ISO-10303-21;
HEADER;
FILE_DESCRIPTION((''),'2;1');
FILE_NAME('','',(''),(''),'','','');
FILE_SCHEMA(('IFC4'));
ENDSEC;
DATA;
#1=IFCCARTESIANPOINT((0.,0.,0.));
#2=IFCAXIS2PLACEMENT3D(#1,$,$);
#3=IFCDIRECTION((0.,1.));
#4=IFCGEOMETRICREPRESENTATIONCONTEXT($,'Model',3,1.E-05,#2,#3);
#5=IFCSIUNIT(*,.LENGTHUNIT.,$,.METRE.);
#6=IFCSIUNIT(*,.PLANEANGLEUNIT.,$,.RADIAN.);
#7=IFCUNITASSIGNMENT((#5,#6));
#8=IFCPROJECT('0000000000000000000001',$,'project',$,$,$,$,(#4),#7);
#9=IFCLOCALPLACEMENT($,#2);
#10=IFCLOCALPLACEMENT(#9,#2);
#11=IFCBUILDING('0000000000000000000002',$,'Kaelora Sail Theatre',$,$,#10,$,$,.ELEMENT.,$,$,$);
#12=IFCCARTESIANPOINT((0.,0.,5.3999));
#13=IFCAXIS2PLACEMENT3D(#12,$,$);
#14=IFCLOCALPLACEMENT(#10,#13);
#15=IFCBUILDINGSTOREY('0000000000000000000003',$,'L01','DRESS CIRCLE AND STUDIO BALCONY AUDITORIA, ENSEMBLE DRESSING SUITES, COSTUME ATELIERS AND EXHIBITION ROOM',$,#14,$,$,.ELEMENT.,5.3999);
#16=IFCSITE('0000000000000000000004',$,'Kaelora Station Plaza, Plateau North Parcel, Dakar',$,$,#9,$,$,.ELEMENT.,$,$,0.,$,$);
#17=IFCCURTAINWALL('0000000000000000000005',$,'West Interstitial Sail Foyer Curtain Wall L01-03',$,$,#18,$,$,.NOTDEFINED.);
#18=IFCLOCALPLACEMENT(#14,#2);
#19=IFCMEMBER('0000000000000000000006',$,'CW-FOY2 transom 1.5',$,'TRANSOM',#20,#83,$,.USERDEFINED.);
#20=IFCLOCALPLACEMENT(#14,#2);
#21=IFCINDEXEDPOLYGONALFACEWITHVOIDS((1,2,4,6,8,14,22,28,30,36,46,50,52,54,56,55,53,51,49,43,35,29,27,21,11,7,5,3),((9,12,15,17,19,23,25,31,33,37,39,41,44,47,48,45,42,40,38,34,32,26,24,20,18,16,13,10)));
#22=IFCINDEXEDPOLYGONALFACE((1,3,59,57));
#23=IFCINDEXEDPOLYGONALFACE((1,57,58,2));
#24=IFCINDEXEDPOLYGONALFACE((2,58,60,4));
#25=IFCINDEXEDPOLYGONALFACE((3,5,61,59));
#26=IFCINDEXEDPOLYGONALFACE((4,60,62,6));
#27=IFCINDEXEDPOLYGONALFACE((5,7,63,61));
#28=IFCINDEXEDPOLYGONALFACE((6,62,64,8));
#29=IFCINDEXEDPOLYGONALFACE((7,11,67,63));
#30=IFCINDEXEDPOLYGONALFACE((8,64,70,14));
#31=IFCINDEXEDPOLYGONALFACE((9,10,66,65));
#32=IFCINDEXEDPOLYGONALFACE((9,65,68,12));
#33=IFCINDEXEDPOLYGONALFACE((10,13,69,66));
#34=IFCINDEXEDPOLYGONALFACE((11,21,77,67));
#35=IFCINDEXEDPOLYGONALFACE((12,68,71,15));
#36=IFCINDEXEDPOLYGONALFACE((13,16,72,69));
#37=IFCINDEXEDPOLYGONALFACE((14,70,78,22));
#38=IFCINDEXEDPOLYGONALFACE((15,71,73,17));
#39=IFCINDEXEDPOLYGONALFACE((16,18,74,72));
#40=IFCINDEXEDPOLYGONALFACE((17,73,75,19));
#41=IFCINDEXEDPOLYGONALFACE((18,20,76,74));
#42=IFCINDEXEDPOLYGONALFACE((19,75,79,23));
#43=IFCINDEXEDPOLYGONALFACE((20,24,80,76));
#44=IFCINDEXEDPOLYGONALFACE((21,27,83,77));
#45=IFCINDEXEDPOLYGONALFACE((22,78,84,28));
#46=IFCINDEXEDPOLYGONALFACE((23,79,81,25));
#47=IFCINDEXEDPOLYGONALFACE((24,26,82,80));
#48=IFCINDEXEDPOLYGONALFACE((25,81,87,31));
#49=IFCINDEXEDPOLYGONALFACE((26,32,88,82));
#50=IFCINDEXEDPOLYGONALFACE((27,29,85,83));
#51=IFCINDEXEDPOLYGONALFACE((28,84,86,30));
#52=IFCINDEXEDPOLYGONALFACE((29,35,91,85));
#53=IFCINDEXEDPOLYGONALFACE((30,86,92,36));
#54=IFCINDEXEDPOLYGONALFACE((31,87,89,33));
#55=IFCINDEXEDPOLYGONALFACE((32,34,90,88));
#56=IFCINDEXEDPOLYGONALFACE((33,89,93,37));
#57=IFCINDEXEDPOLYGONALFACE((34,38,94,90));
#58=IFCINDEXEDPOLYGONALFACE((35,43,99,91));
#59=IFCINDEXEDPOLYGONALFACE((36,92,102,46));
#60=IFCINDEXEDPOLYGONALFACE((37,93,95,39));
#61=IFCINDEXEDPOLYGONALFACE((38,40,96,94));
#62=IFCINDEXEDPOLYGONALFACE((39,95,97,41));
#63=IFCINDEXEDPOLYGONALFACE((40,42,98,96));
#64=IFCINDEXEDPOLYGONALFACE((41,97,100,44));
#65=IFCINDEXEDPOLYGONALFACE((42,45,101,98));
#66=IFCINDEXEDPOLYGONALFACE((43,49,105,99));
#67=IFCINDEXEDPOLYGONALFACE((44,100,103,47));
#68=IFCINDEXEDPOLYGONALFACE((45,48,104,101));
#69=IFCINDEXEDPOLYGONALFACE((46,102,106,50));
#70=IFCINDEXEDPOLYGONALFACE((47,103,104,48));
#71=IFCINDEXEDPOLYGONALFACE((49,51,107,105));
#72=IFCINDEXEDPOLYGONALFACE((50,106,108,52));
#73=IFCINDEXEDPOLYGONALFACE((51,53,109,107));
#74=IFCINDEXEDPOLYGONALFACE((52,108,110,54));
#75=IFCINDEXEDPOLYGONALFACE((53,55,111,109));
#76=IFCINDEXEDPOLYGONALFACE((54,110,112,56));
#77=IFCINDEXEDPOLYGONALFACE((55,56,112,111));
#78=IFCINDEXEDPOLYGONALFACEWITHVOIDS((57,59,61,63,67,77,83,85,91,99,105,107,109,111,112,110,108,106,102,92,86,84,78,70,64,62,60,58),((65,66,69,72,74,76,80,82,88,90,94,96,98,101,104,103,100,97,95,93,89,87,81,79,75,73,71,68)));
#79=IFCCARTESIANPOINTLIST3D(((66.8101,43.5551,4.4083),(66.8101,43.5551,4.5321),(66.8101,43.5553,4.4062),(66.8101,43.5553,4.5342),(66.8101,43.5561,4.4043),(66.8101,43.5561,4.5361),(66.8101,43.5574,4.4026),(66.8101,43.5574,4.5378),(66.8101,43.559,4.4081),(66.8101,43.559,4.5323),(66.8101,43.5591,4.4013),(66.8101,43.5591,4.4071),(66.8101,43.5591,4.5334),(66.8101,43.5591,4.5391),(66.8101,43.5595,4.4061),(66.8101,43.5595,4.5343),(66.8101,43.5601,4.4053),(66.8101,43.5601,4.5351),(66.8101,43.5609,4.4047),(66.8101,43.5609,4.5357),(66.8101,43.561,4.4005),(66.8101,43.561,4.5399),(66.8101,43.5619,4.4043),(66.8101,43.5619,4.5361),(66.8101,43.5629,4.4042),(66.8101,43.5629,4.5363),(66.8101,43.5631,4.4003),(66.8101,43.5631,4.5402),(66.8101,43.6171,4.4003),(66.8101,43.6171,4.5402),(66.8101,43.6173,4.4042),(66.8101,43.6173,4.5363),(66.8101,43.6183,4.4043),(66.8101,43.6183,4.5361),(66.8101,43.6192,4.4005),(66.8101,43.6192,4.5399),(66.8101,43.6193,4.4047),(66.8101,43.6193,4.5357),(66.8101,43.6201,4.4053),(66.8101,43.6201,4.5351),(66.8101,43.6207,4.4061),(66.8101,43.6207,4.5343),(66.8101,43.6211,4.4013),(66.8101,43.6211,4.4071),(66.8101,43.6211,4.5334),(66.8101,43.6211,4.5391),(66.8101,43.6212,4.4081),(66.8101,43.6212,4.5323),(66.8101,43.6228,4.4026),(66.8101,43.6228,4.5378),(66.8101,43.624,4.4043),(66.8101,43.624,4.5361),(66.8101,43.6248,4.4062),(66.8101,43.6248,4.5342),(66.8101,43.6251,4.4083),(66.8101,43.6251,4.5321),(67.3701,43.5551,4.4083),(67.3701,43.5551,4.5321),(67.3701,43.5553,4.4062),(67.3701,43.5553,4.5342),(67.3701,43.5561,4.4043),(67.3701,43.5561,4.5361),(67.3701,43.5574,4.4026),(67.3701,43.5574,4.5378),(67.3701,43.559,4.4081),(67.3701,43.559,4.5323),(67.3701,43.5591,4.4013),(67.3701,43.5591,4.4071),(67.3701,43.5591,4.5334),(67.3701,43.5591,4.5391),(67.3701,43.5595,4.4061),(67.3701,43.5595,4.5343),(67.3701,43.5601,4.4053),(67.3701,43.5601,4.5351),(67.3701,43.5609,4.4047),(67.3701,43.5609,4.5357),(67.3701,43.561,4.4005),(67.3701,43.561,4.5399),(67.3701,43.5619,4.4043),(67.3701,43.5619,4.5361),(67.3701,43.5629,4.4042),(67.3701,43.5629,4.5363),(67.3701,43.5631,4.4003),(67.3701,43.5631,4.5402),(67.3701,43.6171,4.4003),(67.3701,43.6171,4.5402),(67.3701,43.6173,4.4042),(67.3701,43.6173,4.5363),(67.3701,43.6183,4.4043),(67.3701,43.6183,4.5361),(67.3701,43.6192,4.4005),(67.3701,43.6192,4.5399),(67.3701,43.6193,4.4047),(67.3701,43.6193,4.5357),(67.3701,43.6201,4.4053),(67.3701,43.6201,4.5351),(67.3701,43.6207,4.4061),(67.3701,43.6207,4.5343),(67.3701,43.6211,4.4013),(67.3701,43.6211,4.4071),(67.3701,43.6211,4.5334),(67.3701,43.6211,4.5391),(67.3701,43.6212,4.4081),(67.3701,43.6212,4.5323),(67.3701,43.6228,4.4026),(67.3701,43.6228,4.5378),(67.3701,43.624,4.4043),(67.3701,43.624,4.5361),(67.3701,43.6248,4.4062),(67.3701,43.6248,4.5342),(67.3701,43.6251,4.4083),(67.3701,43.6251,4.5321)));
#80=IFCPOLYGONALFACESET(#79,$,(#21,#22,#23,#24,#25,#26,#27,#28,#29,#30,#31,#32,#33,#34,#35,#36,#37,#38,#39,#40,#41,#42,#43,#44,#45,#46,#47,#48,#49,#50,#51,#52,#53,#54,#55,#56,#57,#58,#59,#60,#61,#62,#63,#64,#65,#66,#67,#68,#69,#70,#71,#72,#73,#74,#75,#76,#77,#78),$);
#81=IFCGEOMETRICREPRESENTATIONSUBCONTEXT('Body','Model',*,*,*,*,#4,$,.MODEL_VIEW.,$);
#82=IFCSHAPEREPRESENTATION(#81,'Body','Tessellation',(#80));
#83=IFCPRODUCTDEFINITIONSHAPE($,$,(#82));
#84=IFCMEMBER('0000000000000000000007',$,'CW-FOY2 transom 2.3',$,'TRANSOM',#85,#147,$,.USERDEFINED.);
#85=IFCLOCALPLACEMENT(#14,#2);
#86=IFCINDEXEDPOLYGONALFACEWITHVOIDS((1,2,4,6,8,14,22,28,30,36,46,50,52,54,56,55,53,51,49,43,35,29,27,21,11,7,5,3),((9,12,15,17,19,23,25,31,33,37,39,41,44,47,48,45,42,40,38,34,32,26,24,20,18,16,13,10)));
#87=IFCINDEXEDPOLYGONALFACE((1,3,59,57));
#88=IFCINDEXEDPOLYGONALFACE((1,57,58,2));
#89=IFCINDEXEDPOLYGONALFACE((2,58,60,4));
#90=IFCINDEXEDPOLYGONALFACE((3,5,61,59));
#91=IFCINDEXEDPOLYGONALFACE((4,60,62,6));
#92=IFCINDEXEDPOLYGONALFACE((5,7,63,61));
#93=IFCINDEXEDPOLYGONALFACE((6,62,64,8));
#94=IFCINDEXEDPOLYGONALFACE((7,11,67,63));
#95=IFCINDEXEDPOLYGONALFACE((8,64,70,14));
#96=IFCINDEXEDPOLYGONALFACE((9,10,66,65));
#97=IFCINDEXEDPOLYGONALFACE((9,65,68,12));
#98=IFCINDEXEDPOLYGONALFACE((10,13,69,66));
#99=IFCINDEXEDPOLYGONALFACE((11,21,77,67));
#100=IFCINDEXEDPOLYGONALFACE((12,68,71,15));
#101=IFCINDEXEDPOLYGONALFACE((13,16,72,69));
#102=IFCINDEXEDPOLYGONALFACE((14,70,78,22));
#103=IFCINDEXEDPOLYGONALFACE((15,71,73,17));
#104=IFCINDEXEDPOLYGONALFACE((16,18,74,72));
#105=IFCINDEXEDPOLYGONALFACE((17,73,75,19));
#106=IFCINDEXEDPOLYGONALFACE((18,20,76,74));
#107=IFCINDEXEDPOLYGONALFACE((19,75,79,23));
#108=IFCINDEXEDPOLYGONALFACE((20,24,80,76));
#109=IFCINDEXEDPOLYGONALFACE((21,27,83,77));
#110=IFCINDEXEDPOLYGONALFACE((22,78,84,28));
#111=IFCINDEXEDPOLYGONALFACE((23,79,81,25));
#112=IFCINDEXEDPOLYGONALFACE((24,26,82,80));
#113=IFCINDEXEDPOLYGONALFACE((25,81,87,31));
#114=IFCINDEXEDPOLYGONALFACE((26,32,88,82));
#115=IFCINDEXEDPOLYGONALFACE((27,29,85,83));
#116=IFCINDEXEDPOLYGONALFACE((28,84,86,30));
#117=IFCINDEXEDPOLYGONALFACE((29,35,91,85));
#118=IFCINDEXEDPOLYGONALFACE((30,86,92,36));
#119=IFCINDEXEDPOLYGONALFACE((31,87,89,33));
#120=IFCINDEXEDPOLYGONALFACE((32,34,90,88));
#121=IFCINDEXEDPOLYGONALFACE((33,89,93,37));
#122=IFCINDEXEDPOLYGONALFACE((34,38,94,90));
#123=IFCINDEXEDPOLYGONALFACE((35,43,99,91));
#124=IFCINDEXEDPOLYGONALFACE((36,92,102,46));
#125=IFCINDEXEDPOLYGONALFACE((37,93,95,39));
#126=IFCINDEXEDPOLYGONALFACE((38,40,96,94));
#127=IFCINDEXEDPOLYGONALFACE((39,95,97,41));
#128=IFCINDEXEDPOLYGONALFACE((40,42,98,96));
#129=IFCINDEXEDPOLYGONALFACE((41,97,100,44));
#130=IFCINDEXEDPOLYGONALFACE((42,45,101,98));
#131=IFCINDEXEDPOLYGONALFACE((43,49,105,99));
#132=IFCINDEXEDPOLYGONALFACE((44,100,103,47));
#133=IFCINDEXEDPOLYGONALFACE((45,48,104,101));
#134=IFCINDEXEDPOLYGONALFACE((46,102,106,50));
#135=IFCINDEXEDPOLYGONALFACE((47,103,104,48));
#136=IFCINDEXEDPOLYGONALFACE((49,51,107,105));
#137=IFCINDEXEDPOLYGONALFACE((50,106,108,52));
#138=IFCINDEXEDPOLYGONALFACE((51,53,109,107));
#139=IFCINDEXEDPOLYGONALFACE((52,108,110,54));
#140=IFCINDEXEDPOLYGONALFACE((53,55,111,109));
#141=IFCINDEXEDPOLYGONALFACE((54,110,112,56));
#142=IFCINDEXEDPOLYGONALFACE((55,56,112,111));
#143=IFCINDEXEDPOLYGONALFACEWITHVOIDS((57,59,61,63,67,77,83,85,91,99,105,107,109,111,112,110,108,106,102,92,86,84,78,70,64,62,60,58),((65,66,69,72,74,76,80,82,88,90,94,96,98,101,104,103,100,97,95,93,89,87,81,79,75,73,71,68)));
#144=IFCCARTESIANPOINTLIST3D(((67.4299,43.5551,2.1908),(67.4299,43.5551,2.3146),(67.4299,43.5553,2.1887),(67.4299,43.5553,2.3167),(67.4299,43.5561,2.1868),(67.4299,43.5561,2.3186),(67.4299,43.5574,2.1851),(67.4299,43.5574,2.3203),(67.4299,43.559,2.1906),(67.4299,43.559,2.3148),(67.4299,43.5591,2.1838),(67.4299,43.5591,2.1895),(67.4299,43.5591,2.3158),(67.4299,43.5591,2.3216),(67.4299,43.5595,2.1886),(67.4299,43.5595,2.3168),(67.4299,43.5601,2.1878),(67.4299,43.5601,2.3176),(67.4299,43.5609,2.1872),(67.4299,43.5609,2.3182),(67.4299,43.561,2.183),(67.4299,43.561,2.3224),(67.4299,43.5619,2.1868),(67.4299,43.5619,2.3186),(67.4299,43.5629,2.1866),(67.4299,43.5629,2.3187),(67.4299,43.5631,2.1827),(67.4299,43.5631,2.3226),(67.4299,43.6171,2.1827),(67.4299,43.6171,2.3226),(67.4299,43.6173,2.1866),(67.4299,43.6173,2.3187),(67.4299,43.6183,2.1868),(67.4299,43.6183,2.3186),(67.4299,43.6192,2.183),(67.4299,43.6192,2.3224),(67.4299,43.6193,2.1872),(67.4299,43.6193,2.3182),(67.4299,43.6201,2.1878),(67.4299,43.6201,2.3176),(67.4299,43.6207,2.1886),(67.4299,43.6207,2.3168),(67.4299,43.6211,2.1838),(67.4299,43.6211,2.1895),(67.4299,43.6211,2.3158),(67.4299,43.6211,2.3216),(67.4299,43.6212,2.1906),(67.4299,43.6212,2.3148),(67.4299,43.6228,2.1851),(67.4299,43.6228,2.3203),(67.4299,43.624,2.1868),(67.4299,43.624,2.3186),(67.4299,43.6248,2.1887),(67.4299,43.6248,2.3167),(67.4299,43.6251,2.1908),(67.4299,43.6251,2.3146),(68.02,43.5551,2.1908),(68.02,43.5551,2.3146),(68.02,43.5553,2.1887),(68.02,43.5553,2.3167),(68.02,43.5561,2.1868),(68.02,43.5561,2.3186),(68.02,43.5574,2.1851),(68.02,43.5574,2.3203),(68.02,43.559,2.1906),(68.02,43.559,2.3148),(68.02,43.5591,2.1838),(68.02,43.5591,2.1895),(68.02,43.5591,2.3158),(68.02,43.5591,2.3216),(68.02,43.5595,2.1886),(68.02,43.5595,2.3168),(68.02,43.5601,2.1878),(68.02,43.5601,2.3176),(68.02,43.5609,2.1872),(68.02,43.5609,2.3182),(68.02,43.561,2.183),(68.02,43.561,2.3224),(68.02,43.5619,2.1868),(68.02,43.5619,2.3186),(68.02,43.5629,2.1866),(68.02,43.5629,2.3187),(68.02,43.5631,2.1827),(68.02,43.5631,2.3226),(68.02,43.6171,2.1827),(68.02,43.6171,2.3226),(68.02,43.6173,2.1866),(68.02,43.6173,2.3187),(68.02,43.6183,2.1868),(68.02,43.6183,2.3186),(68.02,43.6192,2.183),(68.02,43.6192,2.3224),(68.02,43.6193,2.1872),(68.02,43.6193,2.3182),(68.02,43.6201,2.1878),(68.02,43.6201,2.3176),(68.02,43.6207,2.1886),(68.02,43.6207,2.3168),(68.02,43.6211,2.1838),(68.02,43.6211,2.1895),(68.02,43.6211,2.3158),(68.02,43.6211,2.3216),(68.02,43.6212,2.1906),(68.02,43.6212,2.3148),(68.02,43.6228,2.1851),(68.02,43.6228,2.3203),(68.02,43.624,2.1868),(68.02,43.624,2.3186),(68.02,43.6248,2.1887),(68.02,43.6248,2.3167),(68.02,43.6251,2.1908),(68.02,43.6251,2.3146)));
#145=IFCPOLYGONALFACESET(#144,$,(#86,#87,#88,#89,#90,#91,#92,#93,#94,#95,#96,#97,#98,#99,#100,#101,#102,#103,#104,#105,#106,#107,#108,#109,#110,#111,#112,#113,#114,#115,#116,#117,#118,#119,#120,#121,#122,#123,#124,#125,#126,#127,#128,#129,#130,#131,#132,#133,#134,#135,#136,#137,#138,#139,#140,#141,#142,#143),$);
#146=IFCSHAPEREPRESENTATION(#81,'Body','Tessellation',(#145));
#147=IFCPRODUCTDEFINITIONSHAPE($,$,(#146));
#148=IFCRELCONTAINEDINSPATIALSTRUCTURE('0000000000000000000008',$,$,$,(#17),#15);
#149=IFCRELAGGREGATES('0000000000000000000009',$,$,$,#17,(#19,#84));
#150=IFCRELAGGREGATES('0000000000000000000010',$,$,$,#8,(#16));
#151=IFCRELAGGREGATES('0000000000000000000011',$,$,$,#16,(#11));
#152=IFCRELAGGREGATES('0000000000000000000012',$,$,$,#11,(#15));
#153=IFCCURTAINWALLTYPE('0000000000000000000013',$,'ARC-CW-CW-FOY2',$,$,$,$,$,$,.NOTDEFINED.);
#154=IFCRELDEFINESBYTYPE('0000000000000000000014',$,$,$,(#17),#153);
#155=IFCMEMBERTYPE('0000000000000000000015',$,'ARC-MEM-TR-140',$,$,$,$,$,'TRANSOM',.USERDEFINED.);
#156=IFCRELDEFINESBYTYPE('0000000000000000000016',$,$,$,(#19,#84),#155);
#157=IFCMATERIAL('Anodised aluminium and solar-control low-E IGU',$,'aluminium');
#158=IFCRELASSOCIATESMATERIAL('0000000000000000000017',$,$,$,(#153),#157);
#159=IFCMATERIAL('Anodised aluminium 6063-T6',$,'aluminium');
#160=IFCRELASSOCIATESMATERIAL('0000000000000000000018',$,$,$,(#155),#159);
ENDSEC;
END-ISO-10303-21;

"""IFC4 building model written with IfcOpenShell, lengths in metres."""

from ifc_helpers import new_model, si_unit, direction, frame, origin, origin_2d, place, context, subcontext, project, spatial, hollow_rectangle, extrude, material, material_profile, profile_set, type_object, element, aggregate, save


model = new_model("IFC4")

# Units and contexts
model_context = context("Model", 3, precision=1e-05, world=origin(), true_north=direction((0.0, 1.0)))
body_context = subcontext(model_context, "Body", "Model", "MODEL_VIEW")
ifc_project = project(units=[si_unit("LENGTHUNIT", "METRE"), si_unit("PLANEANGLEUNIT", "RADIAN")], contexts=[model_context])

# Site, building, storey
site_placement = place(None, origin())
site = spatial("IfcSite", under=ifc_project, at=site_placement, Name="Kaelora Station Plaza, Plateau North Parcel, Dakar", CompositionType="ELEMENT", RefElevation=0.0)
building_placement = place(site_placement, origin())
building = spatial("IfcBuilding", under=site, at=building_placement, Name="Kaelora Sail Theatre", CompositionType="ELEMENT")
storey_placement = place(building_placement, frame((0.0, 0.0, 5.3999)))
storey = spatial("IfcBuildingStorey", under=building, at=storey_placement, Name="L01", Description="DRESS CIRCLE AND STUDIO BALCONY AUDITORIA, ENSEMBLE DRESSING SUITES, COSTUME ATELIERS AND EXHIBITION ROOM", CompositionType="ELEMENT", Elevation=5.3999)

# Curtain wall, members
ifc_material_1 = material(Name="Anodised aluminium and solar-control low-E IGU", Category="aluminium")
curtain_wall_type = type_object("IfcCurtainWallType", Name="ARC-CW-CW-FOY2", PredefinedType="NOTDEFINED", material=ifc_material_1)
ifc_material_2 = material(Name="Anodised aluminium 6063-T6", Category="aluminium")
ifc_material_profile = material_profile(ifc_material_2, hollow_rectangle(XDim=0.0701, YDim=0.1399, WallThickness=0.0039, InnerFilletRadius=0.0039, OuterFilletRadius=0.0081, at=origin_2d()), Name="ALU-TRAN 70x140x4")
ifc_profile_set = profile_set([ifc_material_profile], Name="Anodised aluminium 6063-T6")
member_type = type_object("IfcMemberType", Name="ARC-MEM-TR-140", ElementType="TRANSOM", PredefinedType="USERDEFINED", material=ifc_profile_set)
curtain_wall_1_placement = place(storey_placement, origin())
curtain_wall_1 = element("IfcCurtainWall", 1, at=curtain_wall_1_placement, inside=storey, type_object=curtain_wall_type, Name="West Interstitial Sail Foyer Curtain Wall L01-03", PredefinedType="NOTDEFINED")
member_1_placement = place(storey_placement, frame((66.8101, 43.5901, 4.4702), z_axis=(1.0, 0.0, 0.0), x_axis=(0.0, 1.0, 0.0)))
member_1 = element("IfcMember", 2, at=member_1_placement, type_object=member_type, Name="CW-FOY2 transom 1.5", ObjectType="TRANSOM", PredefinedType="USERDEFINED", context=body_context, shape_type="SweptSolid", body=[
    extrude(hollow_rectangle(XDim=0.0701, YDim=0.1399, WallThickness=0.0039, InnerFilletRadius=0.0039, OuterFilletRadius=0.0081, at=origin_2d()), origin(), (0.0, 0.0, 1.0), 0.5601),
])
member_2_placement = place(storey_placement, frame((67.4299, 43.5901, 2.2527), z_axis=(1.0, 0.0, 0.0), x_axis=(0.0, 1.0, 0.0)))
member_2 = element("IfcMember", 3, at=member_2_placement, type_object=member_type, Name="CW-FOY2 transom 2.3", ObjectType="TRANSOM", PredefinedType="USERDEFINED", context=body_context, shape_type="SweptSolid", body=[
    extrude(hollow_rectangle(XDim=0.0701, YDim=0.1399, WallThickness=0.0039, InnerFilletRadius=0.0039, OuterFilletRadius=0.0081, at=origin_2d()), origin(), (0.0, 0.0, 1.0), 0.5901),
])

aggregate(curtain_wall_1, [member_1, member_2])

save(model, "model.ifc")
